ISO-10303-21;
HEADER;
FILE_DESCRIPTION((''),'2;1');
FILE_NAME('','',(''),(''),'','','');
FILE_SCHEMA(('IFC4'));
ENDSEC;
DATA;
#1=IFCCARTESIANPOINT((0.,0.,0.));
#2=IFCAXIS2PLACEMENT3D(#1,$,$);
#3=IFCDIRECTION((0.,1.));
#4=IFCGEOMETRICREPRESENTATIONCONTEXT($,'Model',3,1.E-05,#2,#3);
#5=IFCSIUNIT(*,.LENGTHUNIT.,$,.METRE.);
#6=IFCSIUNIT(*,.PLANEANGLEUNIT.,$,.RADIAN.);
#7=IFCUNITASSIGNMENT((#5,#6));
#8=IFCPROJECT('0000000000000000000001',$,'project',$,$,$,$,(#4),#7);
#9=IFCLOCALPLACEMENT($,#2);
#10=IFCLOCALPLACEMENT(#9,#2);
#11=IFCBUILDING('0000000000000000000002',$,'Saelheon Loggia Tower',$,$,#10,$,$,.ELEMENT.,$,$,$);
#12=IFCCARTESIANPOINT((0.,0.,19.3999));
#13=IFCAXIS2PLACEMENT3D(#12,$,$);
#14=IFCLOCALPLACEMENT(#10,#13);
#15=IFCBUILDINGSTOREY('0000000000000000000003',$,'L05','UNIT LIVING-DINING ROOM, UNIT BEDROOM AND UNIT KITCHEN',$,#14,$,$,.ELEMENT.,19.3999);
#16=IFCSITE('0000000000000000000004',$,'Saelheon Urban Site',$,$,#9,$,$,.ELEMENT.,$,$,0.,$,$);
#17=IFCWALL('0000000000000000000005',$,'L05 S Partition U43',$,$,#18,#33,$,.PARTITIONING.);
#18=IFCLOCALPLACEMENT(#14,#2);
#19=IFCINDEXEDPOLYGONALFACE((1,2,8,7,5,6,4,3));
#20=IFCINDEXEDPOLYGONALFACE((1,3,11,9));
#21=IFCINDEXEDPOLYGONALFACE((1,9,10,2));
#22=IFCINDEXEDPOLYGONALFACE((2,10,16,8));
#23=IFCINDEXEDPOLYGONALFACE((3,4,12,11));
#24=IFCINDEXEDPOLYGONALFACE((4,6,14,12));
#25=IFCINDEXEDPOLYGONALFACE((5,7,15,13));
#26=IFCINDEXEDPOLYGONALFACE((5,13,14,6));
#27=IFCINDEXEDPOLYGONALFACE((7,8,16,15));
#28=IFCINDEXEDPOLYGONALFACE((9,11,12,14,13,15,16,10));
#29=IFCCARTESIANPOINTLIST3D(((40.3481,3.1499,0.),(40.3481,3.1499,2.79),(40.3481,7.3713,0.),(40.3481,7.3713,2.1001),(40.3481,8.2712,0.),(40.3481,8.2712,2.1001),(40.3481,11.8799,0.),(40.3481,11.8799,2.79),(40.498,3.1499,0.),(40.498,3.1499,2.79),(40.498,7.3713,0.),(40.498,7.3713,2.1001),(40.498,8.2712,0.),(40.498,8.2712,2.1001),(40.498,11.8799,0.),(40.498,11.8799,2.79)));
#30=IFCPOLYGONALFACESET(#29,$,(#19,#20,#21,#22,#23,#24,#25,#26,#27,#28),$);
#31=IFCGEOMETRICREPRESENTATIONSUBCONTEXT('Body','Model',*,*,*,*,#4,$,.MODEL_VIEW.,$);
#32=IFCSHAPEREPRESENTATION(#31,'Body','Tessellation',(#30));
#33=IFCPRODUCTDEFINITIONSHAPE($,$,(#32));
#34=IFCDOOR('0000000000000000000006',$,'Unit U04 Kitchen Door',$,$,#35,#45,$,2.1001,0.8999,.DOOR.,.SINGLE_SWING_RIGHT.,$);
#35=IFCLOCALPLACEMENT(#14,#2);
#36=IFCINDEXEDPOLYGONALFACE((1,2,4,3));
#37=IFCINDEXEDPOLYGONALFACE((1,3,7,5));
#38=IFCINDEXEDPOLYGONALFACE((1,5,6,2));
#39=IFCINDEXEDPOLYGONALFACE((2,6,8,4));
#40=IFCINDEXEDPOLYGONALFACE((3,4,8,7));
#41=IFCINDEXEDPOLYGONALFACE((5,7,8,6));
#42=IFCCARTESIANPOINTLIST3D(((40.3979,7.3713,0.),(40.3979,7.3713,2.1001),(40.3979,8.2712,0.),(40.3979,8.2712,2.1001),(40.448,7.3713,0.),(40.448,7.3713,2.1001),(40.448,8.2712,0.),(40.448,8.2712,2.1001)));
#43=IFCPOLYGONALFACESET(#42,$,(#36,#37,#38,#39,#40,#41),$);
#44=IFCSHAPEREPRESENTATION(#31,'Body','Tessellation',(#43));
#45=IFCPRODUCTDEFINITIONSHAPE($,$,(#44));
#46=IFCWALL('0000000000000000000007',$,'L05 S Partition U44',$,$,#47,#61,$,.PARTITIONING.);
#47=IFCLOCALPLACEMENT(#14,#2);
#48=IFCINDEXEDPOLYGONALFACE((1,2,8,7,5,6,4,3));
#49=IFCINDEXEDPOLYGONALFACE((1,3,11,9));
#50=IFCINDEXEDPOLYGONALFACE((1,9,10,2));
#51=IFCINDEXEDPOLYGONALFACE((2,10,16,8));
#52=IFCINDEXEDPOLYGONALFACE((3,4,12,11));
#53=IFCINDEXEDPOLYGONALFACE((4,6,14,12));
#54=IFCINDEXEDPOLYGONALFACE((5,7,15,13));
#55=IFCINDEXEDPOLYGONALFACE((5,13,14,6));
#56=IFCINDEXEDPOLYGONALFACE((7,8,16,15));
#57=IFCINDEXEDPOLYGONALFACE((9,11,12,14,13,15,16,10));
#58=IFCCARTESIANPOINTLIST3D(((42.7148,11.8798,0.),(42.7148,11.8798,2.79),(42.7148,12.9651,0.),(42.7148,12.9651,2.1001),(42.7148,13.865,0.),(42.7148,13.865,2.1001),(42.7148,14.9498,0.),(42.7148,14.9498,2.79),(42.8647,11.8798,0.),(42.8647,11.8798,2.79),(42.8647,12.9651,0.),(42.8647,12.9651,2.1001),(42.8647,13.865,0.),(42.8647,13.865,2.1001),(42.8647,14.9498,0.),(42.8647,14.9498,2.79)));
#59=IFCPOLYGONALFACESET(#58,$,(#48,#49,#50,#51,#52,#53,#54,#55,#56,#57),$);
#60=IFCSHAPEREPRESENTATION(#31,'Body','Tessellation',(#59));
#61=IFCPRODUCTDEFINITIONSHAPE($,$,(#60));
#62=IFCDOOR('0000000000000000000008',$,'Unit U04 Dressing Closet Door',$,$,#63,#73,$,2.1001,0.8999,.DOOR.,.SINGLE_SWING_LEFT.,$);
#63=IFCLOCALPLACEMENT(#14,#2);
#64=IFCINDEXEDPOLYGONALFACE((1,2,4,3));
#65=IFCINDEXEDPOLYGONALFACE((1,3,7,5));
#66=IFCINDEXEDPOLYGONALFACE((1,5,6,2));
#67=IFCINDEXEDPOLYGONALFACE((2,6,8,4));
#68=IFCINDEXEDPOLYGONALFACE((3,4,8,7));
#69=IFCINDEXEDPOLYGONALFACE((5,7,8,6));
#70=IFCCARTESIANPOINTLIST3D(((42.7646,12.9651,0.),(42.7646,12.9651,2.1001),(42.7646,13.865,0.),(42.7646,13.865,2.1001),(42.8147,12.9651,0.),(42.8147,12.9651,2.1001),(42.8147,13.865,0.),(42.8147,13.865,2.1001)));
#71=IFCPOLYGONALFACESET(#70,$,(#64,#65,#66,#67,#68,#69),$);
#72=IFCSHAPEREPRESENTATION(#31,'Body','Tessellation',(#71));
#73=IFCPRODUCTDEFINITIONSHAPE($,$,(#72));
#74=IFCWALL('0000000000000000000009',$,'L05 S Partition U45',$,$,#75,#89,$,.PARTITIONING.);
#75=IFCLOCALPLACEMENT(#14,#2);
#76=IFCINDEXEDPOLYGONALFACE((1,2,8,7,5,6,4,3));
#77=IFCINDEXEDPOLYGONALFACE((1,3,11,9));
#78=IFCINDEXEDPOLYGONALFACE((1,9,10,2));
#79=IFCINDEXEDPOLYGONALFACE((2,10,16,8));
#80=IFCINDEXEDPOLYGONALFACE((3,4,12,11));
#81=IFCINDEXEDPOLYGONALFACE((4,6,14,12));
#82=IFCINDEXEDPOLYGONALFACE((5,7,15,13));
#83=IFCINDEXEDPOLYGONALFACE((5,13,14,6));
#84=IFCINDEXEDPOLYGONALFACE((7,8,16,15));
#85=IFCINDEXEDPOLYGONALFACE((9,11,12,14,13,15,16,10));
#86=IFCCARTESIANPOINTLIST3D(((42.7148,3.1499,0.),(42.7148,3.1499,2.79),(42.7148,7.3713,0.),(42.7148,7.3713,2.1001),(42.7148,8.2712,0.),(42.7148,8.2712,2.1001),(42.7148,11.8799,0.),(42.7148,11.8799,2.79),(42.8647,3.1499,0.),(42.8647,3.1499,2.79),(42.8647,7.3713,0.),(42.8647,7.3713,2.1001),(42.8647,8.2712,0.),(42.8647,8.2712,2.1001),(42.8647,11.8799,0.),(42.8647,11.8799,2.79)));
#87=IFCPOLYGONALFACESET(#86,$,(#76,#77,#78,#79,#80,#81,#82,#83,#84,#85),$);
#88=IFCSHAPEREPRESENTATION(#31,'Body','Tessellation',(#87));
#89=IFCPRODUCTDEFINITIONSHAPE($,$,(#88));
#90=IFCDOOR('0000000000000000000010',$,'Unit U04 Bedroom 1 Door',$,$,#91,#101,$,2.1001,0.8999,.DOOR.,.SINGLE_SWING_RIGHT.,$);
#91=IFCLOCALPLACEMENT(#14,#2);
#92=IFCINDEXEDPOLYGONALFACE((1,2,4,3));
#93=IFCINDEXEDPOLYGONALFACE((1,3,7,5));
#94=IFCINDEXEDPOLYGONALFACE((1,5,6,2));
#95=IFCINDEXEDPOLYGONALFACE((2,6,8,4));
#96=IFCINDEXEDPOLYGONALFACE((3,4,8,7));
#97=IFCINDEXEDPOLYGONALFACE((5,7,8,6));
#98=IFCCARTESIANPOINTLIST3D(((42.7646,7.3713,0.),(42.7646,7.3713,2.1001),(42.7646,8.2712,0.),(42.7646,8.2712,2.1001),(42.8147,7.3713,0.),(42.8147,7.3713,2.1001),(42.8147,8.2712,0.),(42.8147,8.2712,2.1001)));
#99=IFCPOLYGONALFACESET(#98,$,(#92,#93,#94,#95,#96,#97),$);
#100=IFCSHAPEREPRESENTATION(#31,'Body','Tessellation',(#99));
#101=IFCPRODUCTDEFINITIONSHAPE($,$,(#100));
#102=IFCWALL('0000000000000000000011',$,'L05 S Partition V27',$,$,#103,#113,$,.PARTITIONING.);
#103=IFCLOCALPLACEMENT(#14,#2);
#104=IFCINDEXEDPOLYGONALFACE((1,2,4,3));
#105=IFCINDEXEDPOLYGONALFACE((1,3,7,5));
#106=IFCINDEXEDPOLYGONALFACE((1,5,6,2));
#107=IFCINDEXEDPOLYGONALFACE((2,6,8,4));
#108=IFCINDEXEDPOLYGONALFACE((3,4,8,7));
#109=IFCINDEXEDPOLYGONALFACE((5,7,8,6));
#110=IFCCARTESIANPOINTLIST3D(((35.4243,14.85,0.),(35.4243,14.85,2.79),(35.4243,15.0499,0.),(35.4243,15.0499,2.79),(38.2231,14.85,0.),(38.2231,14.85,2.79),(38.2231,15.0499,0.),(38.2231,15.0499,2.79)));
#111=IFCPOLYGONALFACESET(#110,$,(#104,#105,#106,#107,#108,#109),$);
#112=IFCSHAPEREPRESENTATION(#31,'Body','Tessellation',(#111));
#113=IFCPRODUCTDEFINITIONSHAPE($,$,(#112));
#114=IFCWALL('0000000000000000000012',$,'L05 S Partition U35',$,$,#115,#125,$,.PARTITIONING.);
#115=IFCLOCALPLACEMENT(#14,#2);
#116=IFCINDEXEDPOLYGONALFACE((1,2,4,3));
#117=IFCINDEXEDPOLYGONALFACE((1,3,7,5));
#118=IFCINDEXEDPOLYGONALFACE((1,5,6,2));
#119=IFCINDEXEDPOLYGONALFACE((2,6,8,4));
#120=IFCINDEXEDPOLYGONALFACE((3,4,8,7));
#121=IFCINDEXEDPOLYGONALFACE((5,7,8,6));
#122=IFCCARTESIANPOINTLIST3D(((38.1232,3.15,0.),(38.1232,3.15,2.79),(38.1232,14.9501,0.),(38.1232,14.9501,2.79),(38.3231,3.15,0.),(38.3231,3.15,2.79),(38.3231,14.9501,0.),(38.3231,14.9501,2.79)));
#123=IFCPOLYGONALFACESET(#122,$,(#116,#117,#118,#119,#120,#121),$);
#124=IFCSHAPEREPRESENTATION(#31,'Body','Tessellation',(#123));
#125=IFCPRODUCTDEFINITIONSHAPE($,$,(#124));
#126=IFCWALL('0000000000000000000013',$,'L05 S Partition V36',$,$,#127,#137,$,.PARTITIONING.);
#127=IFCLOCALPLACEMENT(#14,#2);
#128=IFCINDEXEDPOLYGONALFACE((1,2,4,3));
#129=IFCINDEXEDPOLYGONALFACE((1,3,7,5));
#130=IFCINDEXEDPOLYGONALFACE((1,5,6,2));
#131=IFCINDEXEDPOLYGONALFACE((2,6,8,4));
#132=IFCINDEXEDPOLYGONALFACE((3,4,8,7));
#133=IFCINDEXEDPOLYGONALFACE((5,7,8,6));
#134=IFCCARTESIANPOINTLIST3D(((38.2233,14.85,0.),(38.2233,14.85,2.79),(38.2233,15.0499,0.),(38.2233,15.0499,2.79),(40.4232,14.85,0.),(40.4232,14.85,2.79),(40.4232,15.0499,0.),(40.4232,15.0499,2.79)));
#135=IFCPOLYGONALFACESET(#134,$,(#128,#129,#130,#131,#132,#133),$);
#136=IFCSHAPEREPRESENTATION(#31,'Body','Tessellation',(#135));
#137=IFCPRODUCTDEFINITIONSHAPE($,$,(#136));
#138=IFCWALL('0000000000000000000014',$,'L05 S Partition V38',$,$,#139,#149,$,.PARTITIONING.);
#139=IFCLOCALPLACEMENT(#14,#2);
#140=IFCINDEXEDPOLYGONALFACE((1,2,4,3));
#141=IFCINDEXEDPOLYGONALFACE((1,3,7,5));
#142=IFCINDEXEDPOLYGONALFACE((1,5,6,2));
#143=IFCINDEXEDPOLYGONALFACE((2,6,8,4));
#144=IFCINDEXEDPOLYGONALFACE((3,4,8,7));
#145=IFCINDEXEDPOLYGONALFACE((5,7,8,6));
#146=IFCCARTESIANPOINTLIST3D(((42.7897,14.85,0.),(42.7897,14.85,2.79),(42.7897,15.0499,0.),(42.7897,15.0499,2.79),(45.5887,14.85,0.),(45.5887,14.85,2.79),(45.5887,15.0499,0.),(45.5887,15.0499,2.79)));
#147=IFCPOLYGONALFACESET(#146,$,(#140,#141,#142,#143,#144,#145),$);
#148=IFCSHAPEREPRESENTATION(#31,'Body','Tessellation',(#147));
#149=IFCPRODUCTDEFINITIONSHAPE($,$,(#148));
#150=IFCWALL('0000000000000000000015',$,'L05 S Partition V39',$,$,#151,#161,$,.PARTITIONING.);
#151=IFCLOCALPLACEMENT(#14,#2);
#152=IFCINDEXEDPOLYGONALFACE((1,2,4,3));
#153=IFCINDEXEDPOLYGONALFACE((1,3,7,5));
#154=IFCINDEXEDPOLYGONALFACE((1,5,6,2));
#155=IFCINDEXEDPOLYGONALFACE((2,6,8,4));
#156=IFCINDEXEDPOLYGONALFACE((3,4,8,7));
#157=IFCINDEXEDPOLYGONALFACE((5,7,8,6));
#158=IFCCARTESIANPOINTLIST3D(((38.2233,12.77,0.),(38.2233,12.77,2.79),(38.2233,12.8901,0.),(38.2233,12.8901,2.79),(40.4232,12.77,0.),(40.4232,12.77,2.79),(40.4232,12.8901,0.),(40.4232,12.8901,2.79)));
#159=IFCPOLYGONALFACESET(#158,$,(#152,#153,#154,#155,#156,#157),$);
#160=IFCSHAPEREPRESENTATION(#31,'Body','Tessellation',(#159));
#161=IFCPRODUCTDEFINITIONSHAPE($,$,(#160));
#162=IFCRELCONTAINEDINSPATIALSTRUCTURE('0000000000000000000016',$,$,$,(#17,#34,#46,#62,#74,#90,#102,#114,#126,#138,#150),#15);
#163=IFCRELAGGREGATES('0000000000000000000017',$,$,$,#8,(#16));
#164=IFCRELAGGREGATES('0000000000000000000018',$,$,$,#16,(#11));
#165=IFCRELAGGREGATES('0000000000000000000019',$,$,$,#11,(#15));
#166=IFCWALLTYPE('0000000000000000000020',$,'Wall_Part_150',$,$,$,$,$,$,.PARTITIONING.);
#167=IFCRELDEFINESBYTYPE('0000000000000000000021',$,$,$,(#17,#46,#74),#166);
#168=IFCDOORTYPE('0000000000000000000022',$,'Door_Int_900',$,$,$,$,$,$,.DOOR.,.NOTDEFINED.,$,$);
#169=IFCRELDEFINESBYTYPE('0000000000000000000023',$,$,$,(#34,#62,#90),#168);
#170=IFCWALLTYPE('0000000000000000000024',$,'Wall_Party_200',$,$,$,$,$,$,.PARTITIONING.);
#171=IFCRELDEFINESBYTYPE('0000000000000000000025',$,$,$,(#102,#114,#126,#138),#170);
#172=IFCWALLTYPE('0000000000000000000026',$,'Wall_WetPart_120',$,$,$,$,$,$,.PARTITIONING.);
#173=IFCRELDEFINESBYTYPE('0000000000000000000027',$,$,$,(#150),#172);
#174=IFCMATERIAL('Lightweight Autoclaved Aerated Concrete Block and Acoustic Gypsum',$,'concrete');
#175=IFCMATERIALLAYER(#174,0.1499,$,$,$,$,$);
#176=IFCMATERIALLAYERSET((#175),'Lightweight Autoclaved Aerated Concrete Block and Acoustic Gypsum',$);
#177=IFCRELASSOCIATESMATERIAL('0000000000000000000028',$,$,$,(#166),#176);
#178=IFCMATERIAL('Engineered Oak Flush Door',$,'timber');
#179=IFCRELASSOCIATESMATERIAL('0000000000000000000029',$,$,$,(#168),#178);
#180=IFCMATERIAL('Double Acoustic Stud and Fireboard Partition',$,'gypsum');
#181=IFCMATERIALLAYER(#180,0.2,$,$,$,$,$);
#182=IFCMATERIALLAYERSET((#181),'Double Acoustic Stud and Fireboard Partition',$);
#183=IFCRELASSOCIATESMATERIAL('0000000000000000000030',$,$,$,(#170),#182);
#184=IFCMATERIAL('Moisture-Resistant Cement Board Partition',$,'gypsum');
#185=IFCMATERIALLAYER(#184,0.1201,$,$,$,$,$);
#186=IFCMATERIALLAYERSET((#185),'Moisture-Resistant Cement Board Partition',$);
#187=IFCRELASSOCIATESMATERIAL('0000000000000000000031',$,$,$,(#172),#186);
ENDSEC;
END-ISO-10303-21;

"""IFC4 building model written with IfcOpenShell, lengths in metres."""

from ifc_helpers import new_model, si_unit, direction, frame, frame_2d, origin, place, context, subcontext, project, spatial, rectangle, extrude, source, transform, mapped, material, layer, layer_set, type_object, element, fill, save


model = new_model("IFC4")

# Units and contexts
model_context = context("Model", 3, precision=1e-05, world=origin(), true_north=direction((0.0, 1.0)))
body_context = subcontext(model_context, "Body", "Model", "MODEL_VIEW")
ifc_project = project(units=[si_unit("LENGTHUNIT", "METRE"), si_unit("PLANEANGLEUNIT", "RADIAN")], contexts=[model_context])

# Site, building, storey
site_placement = place(None, origin())
site = spatial("IfcSite", under=ifc_project, at=site_placement, Name="Saelheon Urban Site", CompositionType="ELEMENT", RefElevation=0.0)
building_placement = place(site_placement, origin())
building = spatial("IfcBuilding", under=site, at=building_placement, Name="Saelheon Loggia Tower", CompositionType="ELEMENT")
storey_placement = place(building_placement, frame((0.0, 0.0, 19.3999)))
storey = spatial("IfcBuildingStorey", under=building, at=storey_placement, Name="L05", Description="UNIT LIVING-DINING ROOM, UNIT BEDROOM AND UNIT KITCHEN", CompositionType="ELEMENT", Elevation=19.3999)

# Shared definitions
ifc_material_1 = material(Name="Lightweight Autoclaved Aerated Concrete Block and Acoustic Gypsum", Category="concrete")
ifc_layer_1 = layer(ifc_material_1, 0.1499)
ifc_layer_set_1 = layer_set([ifc_layer_1], Name="Lightweight Autoclaved Aerated Concrete Block and Acoustic Gypsum")
wall_type_1 = type_object("IfcWallType", Name="Wall_Part_150", PredefinedType="PARTITIONING", material=ifc_layer_set_1)

# Shared definitions
ifc_material_2 = material(Name="Engineered Oak Flush Door", Category="timber")
door_type_1 = type_object("IfcDoorType", Name="Door_Int_900", OperationType="NOTDEFINED", PredefinedType="DOOR", material=ifc_material_2)
shared_shape_1 = source(origin(), body_context, "Body", "SweptSolid", [
    extrude(rectangle(XDim=0.8999, YDim=2.1001, at=frame_2d((0.45, 1.05))), frame((0.0, 0.0249, 0.0), z_axis=(0.0, -1.0, 0.0), x_axis=(1.0, 0.0, 0.0)), (0.0, 0.0, 1.0), 0.05),
])

# Walls, openings, doors
wall_1_placement = place(storey_placement, frame((40.4231, 11.8799, 0.0), z_axis=(0.0, 0.0, 1.0), x_axis=(0.0, -1.0, 0.0)))
wall_1 = element("IfcWall", 1, at=wall_1_placement, inside=storey, type_object=wall_type_1, Name="L05 S Partition U43", PredefinedType="PARTITIONING", context=body_context, shape_type="SweptSolid", body=[
    extrude(rectangle(XDim=8.73, YDim=0.1499, at=frame_2d((4.365, 0.0))), origin(), (0.0, 0.0, 1.0), 2.79),
])
opening_1_placement = place(wall_1_placement, frame((3.6086, 0.0, 0.0)))
opening_1 = element("IfcOpeningElement", 2, at=opening_1_placement, cuts=wall_1, PredefinedType="OPENING", context=body_context, shape_type="SweptSolid", body=[
    extrude(rectangle(XDim=0.8999, YDim=2.1001, at=frame_2d((0.45, 1.05))), frame((0.0, 0.0869, 0.0), z_axis=(0.0, -1.0, 0.0), x_axis=(1.0, 0.0, 0.0)), (0.0, 0.0, 1.0), 0.1738),
])
door_1_placement = place(opening_1_placement, origin())
door_1 = element("IfcDoor", 3, at=door_1_placement, inside=storey, type_object=door_type_1, Name="Unit U04 Kitchen Door", OperationType="SINGLE_SWING_RIGHT", OverallHeight=2.1001, OverallWidth=0.8999, PredefinedType="DOOR", context=body_context, shape_type="MappedRepresentation", body=[
    mapped(shared_shape_1, transform((0.0, 0.0, 0.0), scale=1.0)),
])
fill(opening_1, door_1)
wall_2_placement = place(storey_placement, frame((42.7898, 14.95, 0.0), z_axis=(0.0, 0.0, 1.0), x_axis=(0.0, -1.0, 0.0)))
wall_2 = element("IfcWall", 4, at=wall_2_placement, inside=storey, type_object=wall_type_1, Name="L05 S Partition U44", PredefinedType="PARTITIONING", context=body_context, shape_type="SweptSolid", body=[
    extrude(rectangle(XDim=3.0701, YDim=0.1499, at=frame_2d((1.5352, 0.0))), origin(), (0.0, 0.0, 1.0), 2.79),
])
opening_2_placement = place(wall_2_placement, frame((1.085, 0.0, 0.0)))
opening_2 = element("IfcOpeningElement", 5, at=opening_2_placement, cuts=wall_2, PredefinedType="OPENING", context=body_context, shape_type="SweptSolid", body=[
    extrude(rectangle(XDim=0.8999, YDim=2.1001, at=frame_2d((0.45, 1.05))), frame((0.0, 0.0869, 0.0), z_axis=(0.0, -1.0, 0.0), x_axis=(1.0, 0.0, 0.0)), (0.0, 0.0, 1.0), 0.1738),
])
door_2_placement = place(opening_2_placement, origin())
door_2 = element("IfcDoor", 6, at=door_2_placement, inside=storey, type_object=door_type_1, Name="Unit U04 Dressing Closet Door", OperationType="SINGLE_SWING_LEFT", OverallHeight=2.1001, OverallWidth=0.8999, PredefinedType="DOOR", context=body_context, shape_type="MappedRepresentation", body=[
    mapped(shared_shape_1, transform((0.0, 0.0, 0.0), scale=1.0)),
])
fill(opening_2, door_2)
wall_3_placement = place(storey_placement, frame((42.7898, 11.8799, 0.0), z_axis=(0.0, 0.0, 1.0), x_axis=(0.0, -1.0, 0.0)))
wall_3 = element("IfcWall", 7, at=wall_3_placement, inside=storey, type_object=wall_type_1, Name="L05 S Partition U45", PredefinedType="PARTITIONING", context=body_context, shape_type="SweptSolid", body=[
    extrude(rectangle(XDim=8.73, YDim=0.1499, at=frame_2d((4.365, 0.0))), origin(), (0.0, 0.0, 1.0), 2.79),
])
opening_3_placement = place(wall_3_placement, frame((3.6086, 0.0, 0.0)))
opening_3 = element("IfcOpeningElement", 8, at=opening_3_placement, cuts=wall_3, PredefinedType="OPENING", context=body_context, shape_type="SweptSolid", body=[
    extrude(rectangle(XDim=0.8999, YDim=2.1001, at=frame_2d((0.45, 1.05))), frame((0.0, 0.0869, 0.0), z_axis=(0.0, -1.0, 0.0), x_axis=(1.0, 0.0, 0.0)), (0.0, 0.0, 1.0), 0.1738),
])
door_3_placement = place(opening_3_placement, origin())
door_3 = element("IfcDoor", 9, at=door_3_placement, inside=storey, type_object=door_type_1, Name="Unit U04 Bedroom 1 Door", OperationType="SINGLE_SWING_RIGHT", OverallHeight=2.1001, OverallWidth=0.8999, PredefinedType="DOOR", context=body_context, shape_type="MappedRepresentation", body=[
    mapped(shared_shape_1, transform((0.0, 0.0, 0.0), scale=1.0)),
])
fill(opening_3, door_3)

# Walls
ifc_material_3 = material(Name="Double Acoustic Stud and Fireboard Partition", Category="gypsum")
ifc_layer_2 = layer(ifc_material_3, 0.2)
ifc_layer_set_2 = layer_set([ifc_layer_2], Name="Double Acoustic Stud and Fireboard Partition")
wall_type_2 = type_object("IfcWallType", Name="Wall_Party_200", PredefinedType="PARTITIONING", material=ifc_layer_set_2)
wall_4_placement = place(storey_placement, frame((35.4243, 14.95, 0.0), z_axis=(0.0, 0.0, 1.0), x_axis=(1.0, 0.0, 0.0)))
element("IfcWall", 10, at=wall_4_placement, inside=storey, type_object=wall_type_2, Name="L05 S Partition V27", PredefinedType="PARTITIONING", context=body_context, shape_type="SweptSolid", body=[
    extrude(rectangle(XDim=2.7988, YDim=0.2, at=frame_2d((1.3994, 0.0))), origin(), (0.0, 0.0, 1.0), 2.79),
])
wall_5_placement = place(storey_placement, frame((38.2231, 14.95, 0.0), z_axis=(0.0, 0.0, 1.0), x_axis=(0.0, -1.0, 0.0)))
element("IfcWall", 11, at=wall_5_placement, inside=storey, type_object=wall_type_2, Name="L05 S Partition U35", PredefinedType="PARTITIONING", context=body_context, shape_type="SweptSolid", body=[
    extrude(rectangle(XDim=11.8, YDim=0.2, at=frame_2d((5.8999, 0.0))), origin(), (0.0, 0.0, 1.0), 2.79),
])
wall_6_placement = place(storey_placement, frame((38.2231, 14.95, 0.0), z_axis=(0.0, 0.0, 1.0), x_axis=(1.0, 0.0, 0.0)))
element("IfcWall", 12, at=wall_6_placement, inside=storey, type_object=wall_type_2, Name="L05 S Partition V36", PredefinedType="PARTITIONING", context=body_context, shape_type="SweptSolid", body=[
    extrude(rectangle(XDim=2.2, YDim=0.2, at=frame_2d((1.1001, 0.0))), origin(), (0.0, 0.0, 1.0), 2.79),
])

# Walls
wall_7_placement = place(storey_placement, frame((42.7898, 14.95, 0.0), z_axis=(0.0, 0.0, 1.0), x_axis=(1.0, 0.0, 0.0)))
element("IfcWall", 13, at=wall_7_placement, inside=storey, type_object=wall_type_2, Name="L05 S Partition V38", PredefinedType="PARTITIONING", context=body_context, shape_type="SweptSolid", body=[
    extrude(rectangle(XDim=2.7991, YDim=0.2, at=frame_2d((1.3994, 0.0))), origin(), (0.0, 0.0, 1.0), 2.79),
])
ifc_material_4 = material(Name="Moisture-Resistant Cement Board Partition", Category="gypsum")
ifc_layer_3 = layer(ifc_material_4, 0.1201)
ifc_layer_set_3 = layer_set([ifc_layer_3], Name="Moisture-Resistant Cement Board Partition")
wall_type_3 = type_object("IfcWallType", Name="Wall_WetPart_120", PredefinedType="PARTITIONING", material=ifc_layer_set_3)
wall_8_placement = place(storey_placement, frame((38.2231, 12.8301, 0.0), z_axis=(0.0, 0.0, 1.0), x_axis=(1.0, 0.0, 0.0)))
element("IfcWall", 14, at=wall_8_placement, inside=storey, type_object=wall_type_3, Name="L05 S Partition V39", PredefinedType="PARTITIONING", context=body_context, shape_type="SweptSolid", body=[
    extrude(rectangle(XDim=2.2, YDim=0.1201, at=frame_2d((1.1001, 0.0))), origin(), (0.0, 0.0, 1.0), 2.79),
])

save(model, "model.ifc")
